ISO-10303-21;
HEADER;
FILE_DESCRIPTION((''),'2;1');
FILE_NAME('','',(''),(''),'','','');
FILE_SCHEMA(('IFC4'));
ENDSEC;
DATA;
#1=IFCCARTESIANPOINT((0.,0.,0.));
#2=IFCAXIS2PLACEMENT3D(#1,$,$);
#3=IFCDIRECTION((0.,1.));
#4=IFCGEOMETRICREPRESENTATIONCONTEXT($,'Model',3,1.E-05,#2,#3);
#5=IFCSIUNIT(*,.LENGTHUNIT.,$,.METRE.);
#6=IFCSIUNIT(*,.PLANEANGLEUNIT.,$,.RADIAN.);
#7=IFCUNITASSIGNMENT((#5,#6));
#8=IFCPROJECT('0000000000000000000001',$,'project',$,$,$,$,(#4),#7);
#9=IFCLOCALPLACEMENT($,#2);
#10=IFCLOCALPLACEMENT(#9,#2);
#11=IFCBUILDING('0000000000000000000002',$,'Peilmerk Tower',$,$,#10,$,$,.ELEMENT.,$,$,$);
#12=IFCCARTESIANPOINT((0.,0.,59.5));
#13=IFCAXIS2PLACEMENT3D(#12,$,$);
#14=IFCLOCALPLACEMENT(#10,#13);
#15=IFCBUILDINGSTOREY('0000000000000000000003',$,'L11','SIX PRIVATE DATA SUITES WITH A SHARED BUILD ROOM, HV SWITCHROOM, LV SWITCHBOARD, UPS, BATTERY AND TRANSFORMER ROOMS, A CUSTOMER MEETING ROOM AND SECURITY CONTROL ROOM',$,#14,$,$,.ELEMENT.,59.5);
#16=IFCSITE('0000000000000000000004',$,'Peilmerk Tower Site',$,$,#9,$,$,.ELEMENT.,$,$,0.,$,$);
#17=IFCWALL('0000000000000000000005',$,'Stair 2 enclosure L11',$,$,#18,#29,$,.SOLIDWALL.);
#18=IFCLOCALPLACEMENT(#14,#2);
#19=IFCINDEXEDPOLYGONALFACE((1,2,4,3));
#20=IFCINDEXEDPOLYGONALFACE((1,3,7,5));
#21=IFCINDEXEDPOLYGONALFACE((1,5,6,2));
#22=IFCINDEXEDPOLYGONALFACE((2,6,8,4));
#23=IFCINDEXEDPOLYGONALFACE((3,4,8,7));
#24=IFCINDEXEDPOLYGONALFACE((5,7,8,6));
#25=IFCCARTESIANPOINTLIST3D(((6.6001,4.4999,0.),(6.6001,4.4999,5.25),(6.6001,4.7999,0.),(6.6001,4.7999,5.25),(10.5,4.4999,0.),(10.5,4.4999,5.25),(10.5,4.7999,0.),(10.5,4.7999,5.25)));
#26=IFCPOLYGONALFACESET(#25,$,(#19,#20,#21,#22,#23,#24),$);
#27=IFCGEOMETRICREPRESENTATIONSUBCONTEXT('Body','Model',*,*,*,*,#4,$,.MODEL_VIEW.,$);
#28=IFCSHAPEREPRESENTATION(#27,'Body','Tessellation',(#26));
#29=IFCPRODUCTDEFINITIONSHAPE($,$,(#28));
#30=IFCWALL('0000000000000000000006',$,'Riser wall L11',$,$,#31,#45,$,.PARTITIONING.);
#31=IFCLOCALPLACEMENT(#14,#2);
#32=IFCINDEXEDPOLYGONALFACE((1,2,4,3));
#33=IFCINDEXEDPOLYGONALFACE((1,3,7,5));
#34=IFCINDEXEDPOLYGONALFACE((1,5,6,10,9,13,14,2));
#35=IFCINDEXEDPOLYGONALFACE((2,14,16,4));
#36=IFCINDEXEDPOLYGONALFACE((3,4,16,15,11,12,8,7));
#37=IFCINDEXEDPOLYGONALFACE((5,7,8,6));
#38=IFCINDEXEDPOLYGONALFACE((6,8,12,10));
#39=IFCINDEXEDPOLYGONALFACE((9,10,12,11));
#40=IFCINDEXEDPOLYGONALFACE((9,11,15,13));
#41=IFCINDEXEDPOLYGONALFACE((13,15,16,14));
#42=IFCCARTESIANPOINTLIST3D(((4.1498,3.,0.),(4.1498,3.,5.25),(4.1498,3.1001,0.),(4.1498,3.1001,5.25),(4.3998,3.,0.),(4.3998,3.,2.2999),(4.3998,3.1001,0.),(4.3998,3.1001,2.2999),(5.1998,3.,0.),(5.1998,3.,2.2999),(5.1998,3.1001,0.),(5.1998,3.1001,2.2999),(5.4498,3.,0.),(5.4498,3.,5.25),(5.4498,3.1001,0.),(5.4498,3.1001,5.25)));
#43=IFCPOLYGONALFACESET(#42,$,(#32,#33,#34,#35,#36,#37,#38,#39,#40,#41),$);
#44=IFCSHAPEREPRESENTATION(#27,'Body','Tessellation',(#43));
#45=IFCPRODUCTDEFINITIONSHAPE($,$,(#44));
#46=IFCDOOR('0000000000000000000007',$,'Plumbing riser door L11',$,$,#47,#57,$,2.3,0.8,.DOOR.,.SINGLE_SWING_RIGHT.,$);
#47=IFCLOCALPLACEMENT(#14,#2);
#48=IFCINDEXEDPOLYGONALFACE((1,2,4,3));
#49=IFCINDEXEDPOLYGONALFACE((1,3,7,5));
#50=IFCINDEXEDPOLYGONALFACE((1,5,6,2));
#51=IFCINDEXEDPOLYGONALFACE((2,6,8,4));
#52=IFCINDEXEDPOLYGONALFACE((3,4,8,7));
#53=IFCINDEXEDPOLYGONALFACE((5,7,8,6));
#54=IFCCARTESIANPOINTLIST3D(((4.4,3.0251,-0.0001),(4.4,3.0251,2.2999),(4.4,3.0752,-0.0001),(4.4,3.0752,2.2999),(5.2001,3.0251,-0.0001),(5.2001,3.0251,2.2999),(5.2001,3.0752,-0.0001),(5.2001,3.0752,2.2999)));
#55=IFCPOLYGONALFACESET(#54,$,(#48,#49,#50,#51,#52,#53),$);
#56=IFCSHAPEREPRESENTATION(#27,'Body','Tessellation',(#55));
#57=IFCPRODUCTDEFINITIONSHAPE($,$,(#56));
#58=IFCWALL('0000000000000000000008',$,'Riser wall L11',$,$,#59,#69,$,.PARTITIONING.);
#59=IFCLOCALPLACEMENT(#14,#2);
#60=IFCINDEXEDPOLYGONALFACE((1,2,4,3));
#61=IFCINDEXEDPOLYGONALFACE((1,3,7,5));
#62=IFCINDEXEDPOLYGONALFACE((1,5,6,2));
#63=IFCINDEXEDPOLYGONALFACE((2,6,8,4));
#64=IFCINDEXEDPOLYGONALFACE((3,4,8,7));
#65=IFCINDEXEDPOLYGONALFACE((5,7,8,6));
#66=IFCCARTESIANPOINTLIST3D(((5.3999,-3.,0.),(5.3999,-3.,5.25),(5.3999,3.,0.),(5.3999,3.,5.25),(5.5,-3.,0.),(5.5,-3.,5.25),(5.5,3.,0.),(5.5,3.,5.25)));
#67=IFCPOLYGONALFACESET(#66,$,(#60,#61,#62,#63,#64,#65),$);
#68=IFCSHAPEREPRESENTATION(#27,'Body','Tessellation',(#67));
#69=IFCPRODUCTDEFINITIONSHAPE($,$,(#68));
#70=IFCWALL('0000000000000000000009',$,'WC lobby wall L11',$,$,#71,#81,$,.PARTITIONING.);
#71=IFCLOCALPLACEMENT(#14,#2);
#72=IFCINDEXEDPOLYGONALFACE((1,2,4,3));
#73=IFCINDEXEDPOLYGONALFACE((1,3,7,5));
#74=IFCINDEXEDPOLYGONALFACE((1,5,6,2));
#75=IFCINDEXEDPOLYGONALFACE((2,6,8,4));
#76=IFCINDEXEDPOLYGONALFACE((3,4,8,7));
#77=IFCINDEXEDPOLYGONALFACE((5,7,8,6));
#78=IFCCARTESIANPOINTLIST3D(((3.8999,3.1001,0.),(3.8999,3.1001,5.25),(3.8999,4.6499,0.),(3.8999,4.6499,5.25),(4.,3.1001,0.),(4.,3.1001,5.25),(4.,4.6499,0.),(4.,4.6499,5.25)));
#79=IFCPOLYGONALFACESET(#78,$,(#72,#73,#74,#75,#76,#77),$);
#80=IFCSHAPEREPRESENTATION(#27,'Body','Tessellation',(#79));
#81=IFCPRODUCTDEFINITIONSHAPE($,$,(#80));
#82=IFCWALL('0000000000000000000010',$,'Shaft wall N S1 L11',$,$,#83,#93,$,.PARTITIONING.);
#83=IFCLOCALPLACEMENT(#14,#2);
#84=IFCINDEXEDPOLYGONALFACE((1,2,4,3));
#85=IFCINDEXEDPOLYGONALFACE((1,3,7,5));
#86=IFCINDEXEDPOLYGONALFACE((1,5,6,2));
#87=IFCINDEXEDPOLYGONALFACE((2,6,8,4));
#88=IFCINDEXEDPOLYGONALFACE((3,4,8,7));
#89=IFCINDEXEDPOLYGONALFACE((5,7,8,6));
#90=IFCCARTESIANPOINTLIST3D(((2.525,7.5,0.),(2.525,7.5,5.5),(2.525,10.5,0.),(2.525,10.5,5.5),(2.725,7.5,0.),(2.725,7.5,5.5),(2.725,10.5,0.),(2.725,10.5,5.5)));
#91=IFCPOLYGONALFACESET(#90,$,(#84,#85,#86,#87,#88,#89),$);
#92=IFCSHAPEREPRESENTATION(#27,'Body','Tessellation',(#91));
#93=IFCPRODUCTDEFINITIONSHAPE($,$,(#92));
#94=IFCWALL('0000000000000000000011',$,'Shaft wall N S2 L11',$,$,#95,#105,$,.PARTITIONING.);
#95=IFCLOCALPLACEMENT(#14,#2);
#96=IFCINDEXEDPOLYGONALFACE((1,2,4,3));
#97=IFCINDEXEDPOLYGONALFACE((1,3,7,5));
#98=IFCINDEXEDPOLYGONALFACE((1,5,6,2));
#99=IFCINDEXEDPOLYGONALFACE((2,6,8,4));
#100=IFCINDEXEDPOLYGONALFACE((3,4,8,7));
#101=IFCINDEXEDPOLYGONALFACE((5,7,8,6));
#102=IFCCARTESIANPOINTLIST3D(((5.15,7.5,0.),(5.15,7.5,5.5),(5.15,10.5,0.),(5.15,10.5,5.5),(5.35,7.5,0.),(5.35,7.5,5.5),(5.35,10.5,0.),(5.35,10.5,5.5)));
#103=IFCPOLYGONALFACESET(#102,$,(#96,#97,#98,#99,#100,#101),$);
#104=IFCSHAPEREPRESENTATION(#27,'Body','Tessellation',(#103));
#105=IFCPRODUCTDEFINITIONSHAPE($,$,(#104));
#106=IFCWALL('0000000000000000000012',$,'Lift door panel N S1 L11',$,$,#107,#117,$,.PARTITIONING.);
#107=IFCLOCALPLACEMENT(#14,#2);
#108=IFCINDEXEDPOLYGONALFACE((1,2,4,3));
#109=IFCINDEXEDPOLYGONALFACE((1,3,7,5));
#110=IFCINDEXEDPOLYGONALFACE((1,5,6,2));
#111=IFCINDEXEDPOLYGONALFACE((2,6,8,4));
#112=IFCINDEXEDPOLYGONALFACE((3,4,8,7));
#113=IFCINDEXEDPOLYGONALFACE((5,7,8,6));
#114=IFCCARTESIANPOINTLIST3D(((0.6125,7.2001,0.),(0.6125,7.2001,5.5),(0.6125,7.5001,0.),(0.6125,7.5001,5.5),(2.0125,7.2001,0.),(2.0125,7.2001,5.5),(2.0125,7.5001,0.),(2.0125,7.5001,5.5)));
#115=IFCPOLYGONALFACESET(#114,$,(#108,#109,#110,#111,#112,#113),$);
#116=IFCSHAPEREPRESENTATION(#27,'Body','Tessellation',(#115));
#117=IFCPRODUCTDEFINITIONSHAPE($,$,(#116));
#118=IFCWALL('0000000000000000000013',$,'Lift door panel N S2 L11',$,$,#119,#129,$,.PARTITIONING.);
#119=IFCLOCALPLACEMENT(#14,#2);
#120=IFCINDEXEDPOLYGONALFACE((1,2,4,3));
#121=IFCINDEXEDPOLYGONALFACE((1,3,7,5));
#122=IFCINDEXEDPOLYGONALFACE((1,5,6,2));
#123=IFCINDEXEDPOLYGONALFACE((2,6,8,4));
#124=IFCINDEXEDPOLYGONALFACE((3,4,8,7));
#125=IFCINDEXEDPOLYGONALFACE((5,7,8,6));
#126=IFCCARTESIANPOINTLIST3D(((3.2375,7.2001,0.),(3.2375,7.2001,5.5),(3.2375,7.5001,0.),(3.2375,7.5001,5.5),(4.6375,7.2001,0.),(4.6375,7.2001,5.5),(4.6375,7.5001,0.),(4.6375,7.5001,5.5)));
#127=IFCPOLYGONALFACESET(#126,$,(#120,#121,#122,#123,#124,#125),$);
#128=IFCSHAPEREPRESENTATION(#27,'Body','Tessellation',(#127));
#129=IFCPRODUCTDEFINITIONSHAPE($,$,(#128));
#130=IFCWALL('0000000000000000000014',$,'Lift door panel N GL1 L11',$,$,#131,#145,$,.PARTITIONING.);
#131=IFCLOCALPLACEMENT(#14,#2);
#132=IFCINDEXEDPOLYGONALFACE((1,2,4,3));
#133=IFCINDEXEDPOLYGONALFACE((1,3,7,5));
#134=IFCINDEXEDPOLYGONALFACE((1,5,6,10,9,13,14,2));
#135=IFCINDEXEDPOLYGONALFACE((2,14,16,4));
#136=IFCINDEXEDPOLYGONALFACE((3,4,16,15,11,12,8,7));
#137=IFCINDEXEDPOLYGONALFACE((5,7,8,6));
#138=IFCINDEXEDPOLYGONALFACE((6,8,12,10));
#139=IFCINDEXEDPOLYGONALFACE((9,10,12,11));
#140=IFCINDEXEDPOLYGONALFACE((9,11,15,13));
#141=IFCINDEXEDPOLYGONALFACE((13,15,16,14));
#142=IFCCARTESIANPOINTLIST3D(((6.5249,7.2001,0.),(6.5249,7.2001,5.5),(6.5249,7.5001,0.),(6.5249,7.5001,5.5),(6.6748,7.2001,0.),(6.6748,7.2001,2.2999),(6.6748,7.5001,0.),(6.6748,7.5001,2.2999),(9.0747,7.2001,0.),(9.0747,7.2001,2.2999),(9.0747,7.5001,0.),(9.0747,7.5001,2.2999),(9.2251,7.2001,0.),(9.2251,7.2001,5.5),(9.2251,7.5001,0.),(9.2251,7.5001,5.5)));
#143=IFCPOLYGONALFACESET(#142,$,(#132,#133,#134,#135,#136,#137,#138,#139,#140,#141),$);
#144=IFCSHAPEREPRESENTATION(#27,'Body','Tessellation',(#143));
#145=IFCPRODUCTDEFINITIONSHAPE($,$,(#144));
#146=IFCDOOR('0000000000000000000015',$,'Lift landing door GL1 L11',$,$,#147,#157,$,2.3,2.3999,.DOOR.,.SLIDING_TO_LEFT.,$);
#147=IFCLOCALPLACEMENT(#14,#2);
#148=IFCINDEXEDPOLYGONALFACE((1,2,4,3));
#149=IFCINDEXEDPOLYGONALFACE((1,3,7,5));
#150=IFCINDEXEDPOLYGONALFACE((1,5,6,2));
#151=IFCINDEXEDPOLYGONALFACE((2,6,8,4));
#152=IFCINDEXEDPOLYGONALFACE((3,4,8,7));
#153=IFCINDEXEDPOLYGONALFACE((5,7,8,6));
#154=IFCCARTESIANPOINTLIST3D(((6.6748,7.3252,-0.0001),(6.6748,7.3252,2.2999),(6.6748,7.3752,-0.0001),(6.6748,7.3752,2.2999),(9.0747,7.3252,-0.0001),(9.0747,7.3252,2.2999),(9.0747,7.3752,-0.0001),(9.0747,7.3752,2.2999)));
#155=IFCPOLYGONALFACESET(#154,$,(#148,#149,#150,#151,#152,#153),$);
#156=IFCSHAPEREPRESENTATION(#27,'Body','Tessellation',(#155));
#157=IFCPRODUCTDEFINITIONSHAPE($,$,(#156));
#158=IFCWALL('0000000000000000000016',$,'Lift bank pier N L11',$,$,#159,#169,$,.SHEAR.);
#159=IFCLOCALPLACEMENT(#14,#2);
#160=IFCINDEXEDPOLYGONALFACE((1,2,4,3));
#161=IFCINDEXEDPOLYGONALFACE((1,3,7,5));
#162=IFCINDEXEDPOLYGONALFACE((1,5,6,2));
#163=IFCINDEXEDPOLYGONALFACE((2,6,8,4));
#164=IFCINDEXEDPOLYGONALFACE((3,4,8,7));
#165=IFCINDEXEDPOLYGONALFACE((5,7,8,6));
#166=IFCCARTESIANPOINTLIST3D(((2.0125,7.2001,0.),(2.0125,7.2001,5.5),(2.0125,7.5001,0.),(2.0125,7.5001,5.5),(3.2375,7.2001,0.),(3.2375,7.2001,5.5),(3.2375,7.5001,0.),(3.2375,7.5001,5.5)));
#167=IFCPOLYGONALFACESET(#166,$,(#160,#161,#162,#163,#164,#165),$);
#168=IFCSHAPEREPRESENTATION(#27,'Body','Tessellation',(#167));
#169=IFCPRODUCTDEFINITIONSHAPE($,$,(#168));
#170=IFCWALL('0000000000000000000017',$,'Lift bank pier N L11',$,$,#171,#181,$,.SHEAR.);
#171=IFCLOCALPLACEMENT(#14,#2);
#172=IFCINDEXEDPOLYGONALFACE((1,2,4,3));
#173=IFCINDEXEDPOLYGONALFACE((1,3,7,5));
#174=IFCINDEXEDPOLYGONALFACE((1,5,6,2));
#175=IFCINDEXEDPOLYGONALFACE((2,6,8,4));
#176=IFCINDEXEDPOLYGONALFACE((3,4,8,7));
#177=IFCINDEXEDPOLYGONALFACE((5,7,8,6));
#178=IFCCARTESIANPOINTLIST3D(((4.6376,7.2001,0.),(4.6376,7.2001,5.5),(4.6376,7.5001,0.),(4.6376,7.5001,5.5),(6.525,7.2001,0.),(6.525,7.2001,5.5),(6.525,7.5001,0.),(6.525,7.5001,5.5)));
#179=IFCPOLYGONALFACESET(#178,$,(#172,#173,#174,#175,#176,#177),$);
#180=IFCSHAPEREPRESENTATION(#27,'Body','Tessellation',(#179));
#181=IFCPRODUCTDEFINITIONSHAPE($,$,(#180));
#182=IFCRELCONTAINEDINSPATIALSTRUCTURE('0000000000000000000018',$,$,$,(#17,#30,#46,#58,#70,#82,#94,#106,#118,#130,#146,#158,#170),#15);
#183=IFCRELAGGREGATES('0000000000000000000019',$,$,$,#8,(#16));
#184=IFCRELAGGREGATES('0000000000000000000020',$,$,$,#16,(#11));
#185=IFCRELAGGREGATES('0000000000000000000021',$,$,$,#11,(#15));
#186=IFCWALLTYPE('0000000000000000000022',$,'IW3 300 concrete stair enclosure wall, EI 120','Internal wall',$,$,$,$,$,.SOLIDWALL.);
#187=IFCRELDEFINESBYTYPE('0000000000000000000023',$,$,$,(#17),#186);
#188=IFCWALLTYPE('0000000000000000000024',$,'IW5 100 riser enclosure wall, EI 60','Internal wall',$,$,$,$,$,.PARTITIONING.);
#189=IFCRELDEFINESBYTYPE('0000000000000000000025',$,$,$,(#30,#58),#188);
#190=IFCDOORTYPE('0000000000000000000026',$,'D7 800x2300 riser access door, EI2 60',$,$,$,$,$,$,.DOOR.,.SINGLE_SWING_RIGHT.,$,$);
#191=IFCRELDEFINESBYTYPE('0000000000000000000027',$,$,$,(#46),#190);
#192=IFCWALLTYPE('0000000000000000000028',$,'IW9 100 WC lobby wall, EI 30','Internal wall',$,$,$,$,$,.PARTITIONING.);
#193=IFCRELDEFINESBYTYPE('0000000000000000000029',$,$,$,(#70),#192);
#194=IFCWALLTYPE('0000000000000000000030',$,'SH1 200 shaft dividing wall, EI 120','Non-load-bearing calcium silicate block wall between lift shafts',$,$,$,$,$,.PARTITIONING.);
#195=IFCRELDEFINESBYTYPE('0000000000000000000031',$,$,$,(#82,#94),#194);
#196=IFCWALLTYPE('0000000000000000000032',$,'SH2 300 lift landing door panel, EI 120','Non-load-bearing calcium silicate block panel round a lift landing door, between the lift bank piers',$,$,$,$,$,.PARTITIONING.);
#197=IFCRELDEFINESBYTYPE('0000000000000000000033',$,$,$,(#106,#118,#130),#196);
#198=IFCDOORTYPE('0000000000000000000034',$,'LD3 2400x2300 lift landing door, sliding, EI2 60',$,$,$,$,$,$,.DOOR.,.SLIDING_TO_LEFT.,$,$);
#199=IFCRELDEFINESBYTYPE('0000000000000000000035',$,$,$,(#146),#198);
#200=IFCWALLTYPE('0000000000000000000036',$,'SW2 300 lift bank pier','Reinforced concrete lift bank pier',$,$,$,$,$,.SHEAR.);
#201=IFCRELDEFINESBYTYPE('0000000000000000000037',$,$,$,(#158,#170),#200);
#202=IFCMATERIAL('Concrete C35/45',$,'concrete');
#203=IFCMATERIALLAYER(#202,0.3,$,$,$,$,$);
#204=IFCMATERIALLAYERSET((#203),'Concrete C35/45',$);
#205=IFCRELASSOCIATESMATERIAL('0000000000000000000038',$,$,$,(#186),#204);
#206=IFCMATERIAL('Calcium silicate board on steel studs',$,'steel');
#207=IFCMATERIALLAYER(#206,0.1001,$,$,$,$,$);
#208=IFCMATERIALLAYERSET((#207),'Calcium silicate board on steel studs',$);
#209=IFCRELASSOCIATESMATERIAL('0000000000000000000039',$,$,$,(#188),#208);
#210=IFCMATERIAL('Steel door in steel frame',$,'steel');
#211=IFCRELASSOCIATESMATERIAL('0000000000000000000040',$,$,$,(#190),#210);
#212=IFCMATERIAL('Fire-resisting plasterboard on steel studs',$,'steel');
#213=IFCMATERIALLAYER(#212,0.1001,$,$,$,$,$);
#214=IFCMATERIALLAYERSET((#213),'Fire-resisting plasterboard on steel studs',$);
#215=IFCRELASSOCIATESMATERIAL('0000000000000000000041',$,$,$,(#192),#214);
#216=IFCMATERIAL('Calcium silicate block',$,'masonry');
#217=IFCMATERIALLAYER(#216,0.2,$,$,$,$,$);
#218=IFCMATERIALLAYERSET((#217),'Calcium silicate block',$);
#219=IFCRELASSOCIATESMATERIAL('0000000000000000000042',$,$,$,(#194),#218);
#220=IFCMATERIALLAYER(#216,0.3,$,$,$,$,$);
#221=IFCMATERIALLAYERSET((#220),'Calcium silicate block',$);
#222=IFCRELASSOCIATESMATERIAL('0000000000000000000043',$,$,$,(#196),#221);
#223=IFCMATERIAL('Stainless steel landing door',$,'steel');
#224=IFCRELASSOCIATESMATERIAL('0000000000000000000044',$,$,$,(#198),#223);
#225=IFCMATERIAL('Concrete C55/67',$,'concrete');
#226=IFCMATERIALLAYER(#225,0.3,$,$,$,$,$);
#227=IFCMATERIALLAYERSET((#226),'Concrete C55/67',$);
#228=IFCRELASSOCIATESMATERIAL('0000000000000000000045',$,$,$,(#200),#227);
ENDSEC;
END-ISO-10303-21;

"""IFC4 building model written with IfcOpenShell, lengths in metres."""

from ifc_helpers import new_model, si_unit, direction, frame, frame_2d, origin, place, context, subcontext, project, spatial, rectangle, extrude, material, layer, layer_set, type_object, element, fill, save


model = new_model("IFC4")

# Units and contexts
model_context = context("Model", 3, precision=1e-05, world=origin(), true_north=direction((0.0, 1.0)))
body_context = subcontext(model_context, "Body", "Model", "MODEL_VIEW")
ifc_project = project(units=[si_unit("LENGTHUNIT", "METRE"), si_unit("PLANEANGLEUNIT", "RADIAN")], contexts=[model_context])

# Site, building, storey
site_placement = place(None, origin())
site = spatial("IfcSite", under=ifc_project, at=site_placement, Name="Peilmerk Tower Site", CompositionType="ELEMENT", RefElevation=0.0)
building_placement = place(site_placement, origin())
building = spatial("IfcBuilding", under=site, at=building_placement, Name="Peilmerk Tower", CompositionType="ELEMENT")
storey_placement = place(building_placement, frame((0.0, 0.0, 59.5)))
storey = spatial("IfcBuildingStorey", under=building, at=storey_placement, Name="L11", Description="SIX PRIVATE DATA SUITES WITH A SHARED BUILD ROOM, HV SWITCHROOM, LV SWITCHBOARD, UPS, BATTERY AND TRANSFORMER ROOMS, A CUSTOMER MEETING ROOM AND SECURITY CONTROL ROOM", CompositionType="ELEMENT", Elevation=59.5)

# Wall
ifc_material_1 = material(Name="Concrete C35/45", Category="concrete")
ifc_layer_1 = layer(ifc_material_1, 0.3)
ifc_layer_set_1 = layer_set([ifc_layer_1], Name="Concrete C35/45")
wall_type_1 = type_object("IfcWallType", Name="IW3 300 concrete stair enclosure wall, EI 120", Description="Internal wall", PredefinedType="SOLIDWALL", material=ifc_layer_set_1)
wall_1_placement = place(storey_placement, frame((6.6001, 4.6499, 0.0), z_axis=(0.0, 0.0, 1.0), x_axis=(1.0, 0.0, 0.0)))
element("IfcWall", 1, at=wall_1_placement, inside=storey, type_object=wall_type_1, Name="Stair 2 enclosure L11", PredefinedType="SOLIDWALL", context=body_context, shape_type="SweptSolid", body=[
    extrude(rectangle(XDim=3.8999, YDim=0.3, at=frame_2d((1.95, 0.0))), origin(), (0.0, 0.0, 1.0), 5.25),
])

# Wall, opening, door
ifc_material_2 = material(Name="Calcium silicate board on steel studs", Category="steel")
ifc_layer_2 = layer(ifc_material_2, 0.1001)
ifc_layer_set_2 = layer_set([ifc_layer_2], Name="Calcium silicate board on steel studs")
wall_type_2 = type_object("IfcWallType", Name="IW5 100 riser enclosure wall, EI 60", Description="Internal wall", PredefinedType="PARTITIONING", material=ifc_layer_set_2)
wall_2_placement = place(storey_placement, frame((4.1499, 3.05, 0.0), z_axis=(0.0, 0.0, 1.0), x_axis=(1.0, 0.0, 0.0)))
wall_2 = element("IfcWall", 2, at=wall_2_placement, inside=storey, type_object=wall_type_2, Name="Riser wall L11", PredefinedType="PARTITIONING", context=body_context, shape_type="SweptSolid", body=[
    extrude(rectangle(XDim=1.3, YDim=0.1001, at=frame_2d((0.6499, 0.0))), origin(), (0.0, 0.0, 1.0), 5.25),
])
opening_1_placement = place(wall_2_placement, frame((0.25, 0.0, 0.0)))
opening_1 = element("IfcOpeningElement", 3, at=opening_1_placement, cuts=wall_2, PredefinedType="OPENING", context=body_context, shape_type="SweptSolid", body=[
    extrude(rectangle(XDim=0.8, YDim=2.3, at=frame_2d((0.3999, 1.1499))), frame((0.0, 0.0601, 0.0), z_axis=(0.0, -1.0, 0.0), x_axis=(1.0, 0.0, 0.0)), (0.0, 0.0, 1.0), 0.1201),
])
ifc_material_3 = material(Name="Steel door in steel frame", Category="steel")
door_type_1 = type_object("IfcDoorType", Name="D7 800x2300 riser access door, EI2 60", OperationType="SINGLE_SWING_RIGHT", PredefinedType="DOOR", material=ifc_material_3)
door_1_placement = place(opening_1_placement, frame((0.8, 0.0, 0.0), z_axis=(0.0, 0.0, 1.0), x_axis=(-1.0, 0.0, 0.0)))
door_1 = element("IfcDoor", 4, at=door_1_placement, inside=storey, type_object=door_type_1, Name="Plumbing riser door L11", OperationType="SINGLE_SWING_RIGHT", OverallHeight=2.3, OverallWidth=0.8, PredefinedType="DOOR", context=body_context, shape_type="SweptSolid", body=[
    extrude(rectangle(XDim=0.8, YDim=2.3, at=frame_2d((0.3999, 1.1499))), frame((0.0, 0.0249, 0.0), z_axis=(0.0, -1.0, 0.0), x_axis=(1.0, 0.0, 0.0)), (0.0, 0.0, 1.0), 0.05),
])
fill(opening_1, door_1)

# Walls
wall_3_placement = place(storey_placement, frame((5.45, 3.0, 0.0), z_axis=(0.0, 0.0, 1.0), x_axis=(0.0, -1.0, 0.0)))
element("IfcWall", 5, at=wall_3_placement, inside=storey, type_object=wall_type_2, Name="Riser wall L11", PredefinedType="PARTITIONING", context=body_context, shape_type="SweptSolid", body=[
    extrude(rectangle(XDim=6.0, YDim=0.1001, at=frame_2d((3.0, 0.0))), origin(), (0.0, 0.0, 1.0), 5.25),
])
ifc_material_4 = material(Name="Fire-resisting plasterboard on steel studs", Category="steel")
ifc_layer_3 = layer(ifc_material_4, 0.1001)
ifc_layer_set_3 = layer_set([ifc_layer_3], Name="Fire-resisting plasterboard on steel studs")
wall_type_3 = type_object("IfcWallType", Name="IW9 100 WC lobby wall, EI 30", Description="Internal wall", PredefinedType="PARTITIONING", material=ifc_layer_set_3)
wall_4_placement = place(storey_placement, frame((3.95, 3.1001, 0.0), z_axis=(0.0, 0.0, 1.0), x_axis=(0.0, 1.0, 0.0)))
element("IfcWall", 6, at=wall_4_placement, inside=storey, type_object=wall_type_3, Name="WC lobby wall L11", PredefinedType="PARTITIONING", context=body_context, shape_type="SweptSolid", body=[
    extrude(rectangle(XDim=1.5498, YDim=0.1001, at=frame_2d((0.7749, 0.0))), origin(), (0.0, 0.0, 1.0), 5.25),
])
ifc_material_5 = material(Name="Calcium silicate block", Category="masonry")
ifc_layer_4 = layer(ifc_material_5, 0.2)
ifc_layer_set_4 = layer_set([ifc_layer_4], Name="Calcium silicate block")
wall_type_4 = type_object("IfcWallType", Name="SH1 200 shaft dividing wall, EI 120", Description="Non-load-bearing calcium silicate block wall between lift shafts", PredefinedType="PARTITIONING", material=ifc_layer_set_4)
for number, where, z_axis, x_axis, name in (
    (7, (2.625, 7.5, 0.0), (0.0, 0.0, 1.0), (0.0, 1.0, 0.0), "Shaft wall N S1 L11"),
    (8, (5.25, 7.5, 0.0), (0.0, 0.0, 1.0), (0.0, 1.0, 0.0), "Shaft wall N S2 L11"),
):
    element("IfcWall", number, at=place(storey_placement, frame(where, z_axis=z_axis, x_axis=x_axis)), inside=storey, type_object=wall_type_4, Name=name, PredefinedType="PARTITIONING", context=body_context, shape_type="SweptSolid", body=[
        extrude(rectangle(XDim=3.0, YDim=0.2, at=frame_2d((1.5, 0.0))), origin(), (0.0, 0.0, 1.0), 5.5),
    ])
ifc_layer_5 = layer(ifc_material_5, 0.3)
ifc_layer_set_5 = layer_set([ifc_layer_5], Name="Calcium silicate block")
wall_type_5 = type_object("IfcWallType", Name="SH2 300 lift landing door panel, EI 120", Description="Non-load-bearing calcium silicate block panel round a lift landing door, between the lift bank piers", PredefinedType="PARTITIONING", material=ifc_layer_set_5)
for number, where, z_axis, x_axis, name in (
    (9, (0.6125, 7.3501, 0.0), (0.0, 0.0, 1.0), (1.0, 0.0, 0.0), "Lift door panel N S1 L11"),
    (10, (3.2375, 7.3501, 0.0), (0.0, 0.0, 1.0), (1.0, 0.0, 0.0), "Lift door panel N S2 L11"),
):
    element("IfcWall", number, at=place(storey_placement, frame(where, z_axis=z_axis, x_axis=x_axis)), inside=storey, type_object=wall_type_5, Name=name, PredefinedType="PARTITIONING", context=body_context, shape_type="SweptSolid", body=[
        extrude(rectangle(XDim=1.3999, YDim=0.3, at=frame_2d((0.7, 0.0))), origin(), (0.0, 0.0, 1.0), 5.5),
    ])

# Wall, opening, door
wall_5_placement = place(storey_placement, frame((6.5249, 7.3501, 0.0), z_axis=(0.0, 0.0, 1.0), x_axis=(1.0, 0.0, 0.0)))
wall_5 = element("IfcWall", 11, at=wall_5_placement, inside=storey, type_object=wall_type_5, Name="Lift door panel N GL1 L11", PredefinedType="PARTITIONING", context=body_context, shape_type="SweptSolid", body=[
    extrude(rectangle(XDim=2.7002, YDim=0.3, at=frame_2d((1.3501, 0.0))), origin(), (0.0, 0.0, 1.0), 5.5),
])
opening_2_placement = place(wall_5_placement, frame((0.1499, 0.0, 0.0)))
opening_2 = element("IfcOpeningElement", 12, at=opening_2_placement, cuts=wall_5, PredefinedType="OPENING", context=body_context, shape_type="SweptSolid", body=[
    extrude(rectangle(XDim=2.3999, YDim=2.3, at=frame_2d((1.2, 1.1499))), frame((0.0, 0.1599, 0.0), z_axis=(0.0, -1.0, 0.0), x_axis=(1.0, 0.0, 0.0)), (0.0, 0.0, 1.0), 0.3201),
])
ifc_material_6 = material(Name="Stainless steel landing door", Category="steel")
door_type_2 = type_object("IfcDoorType", Name="LD3 2400x2300 lift landing door, sliding, EI2 60", OperationType="SLIDING_TO_LEFT", PredefinedType="DOOR", material=ifc_material_6)
door_2_placement = place(opening_2_placement, frame((2.3999, 0.0, 0.0), z_axis=(0.0, 0.0, 1.0), x_axis=(-1.0, 0.0, 0.0)))
door_2 = element("IfcDoor", 13, at=door_2_placement, inside=storey, type_object=door_type_2, Name="Lift landing door GL1 L11", OperationType="SLIDING_TO_LEFT", OverallHeight=2.3, OverallWidth=2.3999, PredefinedType="DOOR", context=body_context, shape_type="SweptSolid", body=[
    extrude(rectangle(XDim=2.3999, YDim=2.3, at=frame_2d((1.2, 1.1499))), frame((0.0, 0.0249, 0.0), z_axis=(0.0, -1.0, 0.0), x_axis=(1.0, 0.0, 0.0)), (0.0, 0.0, 1.0), 0.05),
])
fill(opening_2, door_2)

# Walls
ifc_material_7 = material(Name="Concrete C55/67", Category="concrete")
ifc_layer_6 = layer(ifc_material_7, 0.3)
ifc_layer_set_6 = layer_set([ifc_layer_6], Name="Concrete C55/67")
wall_type_6 = type_object("IfcWallType", Name="SW2 300 lift bank pier", Description="Reinforced concrete lift bank pier", PredefinedType="SHEAR", material=ifc_layer_set_6)
wall_6_placement = place(storey_placement, frame((2.0125, 7.3501, 0.0), z_axis=(0.0, 0.0, 1.0), x_axis=(1.0, 0.0, 0.0)))
element("IfcWall", 14, at=wall_6_placement, inside=storey, type_object=wall_type_6, Name="Lift bank pier N L11", PredefinedType="SHEAR", context=body_context, shape_type="SweptSolid", body=[
    extrude(rectangle(XDim=1.2251, YDim=0.3, at=frame_2d((0.6125, 0.0))), origin(), (0.0, 0.0, 1.0), 5.5),
])
wall_7_placement = place(storey_placement, frame((4.6375, 7.3501, 0.0), z_axis=(0.0, 0.0, 1.0), x_axis=(1.0, 0.0, 0.0)))
element("IfcWall", 15, at=wall_7_placement, inside=storey, type_object=wall_type_6, Name="Lift bank pier N L11", PredefinedType="SHEAR", context=body_context, shape_type="SweptSolid", body=[
    extrude(rectangle(XDim=1.8875, YDim=0.3, at=frame_2d((0.9438, 0.0))), origin(), (0.0, 0.0, 1.0), 5.5),
])

save(model, "model.ifc")
